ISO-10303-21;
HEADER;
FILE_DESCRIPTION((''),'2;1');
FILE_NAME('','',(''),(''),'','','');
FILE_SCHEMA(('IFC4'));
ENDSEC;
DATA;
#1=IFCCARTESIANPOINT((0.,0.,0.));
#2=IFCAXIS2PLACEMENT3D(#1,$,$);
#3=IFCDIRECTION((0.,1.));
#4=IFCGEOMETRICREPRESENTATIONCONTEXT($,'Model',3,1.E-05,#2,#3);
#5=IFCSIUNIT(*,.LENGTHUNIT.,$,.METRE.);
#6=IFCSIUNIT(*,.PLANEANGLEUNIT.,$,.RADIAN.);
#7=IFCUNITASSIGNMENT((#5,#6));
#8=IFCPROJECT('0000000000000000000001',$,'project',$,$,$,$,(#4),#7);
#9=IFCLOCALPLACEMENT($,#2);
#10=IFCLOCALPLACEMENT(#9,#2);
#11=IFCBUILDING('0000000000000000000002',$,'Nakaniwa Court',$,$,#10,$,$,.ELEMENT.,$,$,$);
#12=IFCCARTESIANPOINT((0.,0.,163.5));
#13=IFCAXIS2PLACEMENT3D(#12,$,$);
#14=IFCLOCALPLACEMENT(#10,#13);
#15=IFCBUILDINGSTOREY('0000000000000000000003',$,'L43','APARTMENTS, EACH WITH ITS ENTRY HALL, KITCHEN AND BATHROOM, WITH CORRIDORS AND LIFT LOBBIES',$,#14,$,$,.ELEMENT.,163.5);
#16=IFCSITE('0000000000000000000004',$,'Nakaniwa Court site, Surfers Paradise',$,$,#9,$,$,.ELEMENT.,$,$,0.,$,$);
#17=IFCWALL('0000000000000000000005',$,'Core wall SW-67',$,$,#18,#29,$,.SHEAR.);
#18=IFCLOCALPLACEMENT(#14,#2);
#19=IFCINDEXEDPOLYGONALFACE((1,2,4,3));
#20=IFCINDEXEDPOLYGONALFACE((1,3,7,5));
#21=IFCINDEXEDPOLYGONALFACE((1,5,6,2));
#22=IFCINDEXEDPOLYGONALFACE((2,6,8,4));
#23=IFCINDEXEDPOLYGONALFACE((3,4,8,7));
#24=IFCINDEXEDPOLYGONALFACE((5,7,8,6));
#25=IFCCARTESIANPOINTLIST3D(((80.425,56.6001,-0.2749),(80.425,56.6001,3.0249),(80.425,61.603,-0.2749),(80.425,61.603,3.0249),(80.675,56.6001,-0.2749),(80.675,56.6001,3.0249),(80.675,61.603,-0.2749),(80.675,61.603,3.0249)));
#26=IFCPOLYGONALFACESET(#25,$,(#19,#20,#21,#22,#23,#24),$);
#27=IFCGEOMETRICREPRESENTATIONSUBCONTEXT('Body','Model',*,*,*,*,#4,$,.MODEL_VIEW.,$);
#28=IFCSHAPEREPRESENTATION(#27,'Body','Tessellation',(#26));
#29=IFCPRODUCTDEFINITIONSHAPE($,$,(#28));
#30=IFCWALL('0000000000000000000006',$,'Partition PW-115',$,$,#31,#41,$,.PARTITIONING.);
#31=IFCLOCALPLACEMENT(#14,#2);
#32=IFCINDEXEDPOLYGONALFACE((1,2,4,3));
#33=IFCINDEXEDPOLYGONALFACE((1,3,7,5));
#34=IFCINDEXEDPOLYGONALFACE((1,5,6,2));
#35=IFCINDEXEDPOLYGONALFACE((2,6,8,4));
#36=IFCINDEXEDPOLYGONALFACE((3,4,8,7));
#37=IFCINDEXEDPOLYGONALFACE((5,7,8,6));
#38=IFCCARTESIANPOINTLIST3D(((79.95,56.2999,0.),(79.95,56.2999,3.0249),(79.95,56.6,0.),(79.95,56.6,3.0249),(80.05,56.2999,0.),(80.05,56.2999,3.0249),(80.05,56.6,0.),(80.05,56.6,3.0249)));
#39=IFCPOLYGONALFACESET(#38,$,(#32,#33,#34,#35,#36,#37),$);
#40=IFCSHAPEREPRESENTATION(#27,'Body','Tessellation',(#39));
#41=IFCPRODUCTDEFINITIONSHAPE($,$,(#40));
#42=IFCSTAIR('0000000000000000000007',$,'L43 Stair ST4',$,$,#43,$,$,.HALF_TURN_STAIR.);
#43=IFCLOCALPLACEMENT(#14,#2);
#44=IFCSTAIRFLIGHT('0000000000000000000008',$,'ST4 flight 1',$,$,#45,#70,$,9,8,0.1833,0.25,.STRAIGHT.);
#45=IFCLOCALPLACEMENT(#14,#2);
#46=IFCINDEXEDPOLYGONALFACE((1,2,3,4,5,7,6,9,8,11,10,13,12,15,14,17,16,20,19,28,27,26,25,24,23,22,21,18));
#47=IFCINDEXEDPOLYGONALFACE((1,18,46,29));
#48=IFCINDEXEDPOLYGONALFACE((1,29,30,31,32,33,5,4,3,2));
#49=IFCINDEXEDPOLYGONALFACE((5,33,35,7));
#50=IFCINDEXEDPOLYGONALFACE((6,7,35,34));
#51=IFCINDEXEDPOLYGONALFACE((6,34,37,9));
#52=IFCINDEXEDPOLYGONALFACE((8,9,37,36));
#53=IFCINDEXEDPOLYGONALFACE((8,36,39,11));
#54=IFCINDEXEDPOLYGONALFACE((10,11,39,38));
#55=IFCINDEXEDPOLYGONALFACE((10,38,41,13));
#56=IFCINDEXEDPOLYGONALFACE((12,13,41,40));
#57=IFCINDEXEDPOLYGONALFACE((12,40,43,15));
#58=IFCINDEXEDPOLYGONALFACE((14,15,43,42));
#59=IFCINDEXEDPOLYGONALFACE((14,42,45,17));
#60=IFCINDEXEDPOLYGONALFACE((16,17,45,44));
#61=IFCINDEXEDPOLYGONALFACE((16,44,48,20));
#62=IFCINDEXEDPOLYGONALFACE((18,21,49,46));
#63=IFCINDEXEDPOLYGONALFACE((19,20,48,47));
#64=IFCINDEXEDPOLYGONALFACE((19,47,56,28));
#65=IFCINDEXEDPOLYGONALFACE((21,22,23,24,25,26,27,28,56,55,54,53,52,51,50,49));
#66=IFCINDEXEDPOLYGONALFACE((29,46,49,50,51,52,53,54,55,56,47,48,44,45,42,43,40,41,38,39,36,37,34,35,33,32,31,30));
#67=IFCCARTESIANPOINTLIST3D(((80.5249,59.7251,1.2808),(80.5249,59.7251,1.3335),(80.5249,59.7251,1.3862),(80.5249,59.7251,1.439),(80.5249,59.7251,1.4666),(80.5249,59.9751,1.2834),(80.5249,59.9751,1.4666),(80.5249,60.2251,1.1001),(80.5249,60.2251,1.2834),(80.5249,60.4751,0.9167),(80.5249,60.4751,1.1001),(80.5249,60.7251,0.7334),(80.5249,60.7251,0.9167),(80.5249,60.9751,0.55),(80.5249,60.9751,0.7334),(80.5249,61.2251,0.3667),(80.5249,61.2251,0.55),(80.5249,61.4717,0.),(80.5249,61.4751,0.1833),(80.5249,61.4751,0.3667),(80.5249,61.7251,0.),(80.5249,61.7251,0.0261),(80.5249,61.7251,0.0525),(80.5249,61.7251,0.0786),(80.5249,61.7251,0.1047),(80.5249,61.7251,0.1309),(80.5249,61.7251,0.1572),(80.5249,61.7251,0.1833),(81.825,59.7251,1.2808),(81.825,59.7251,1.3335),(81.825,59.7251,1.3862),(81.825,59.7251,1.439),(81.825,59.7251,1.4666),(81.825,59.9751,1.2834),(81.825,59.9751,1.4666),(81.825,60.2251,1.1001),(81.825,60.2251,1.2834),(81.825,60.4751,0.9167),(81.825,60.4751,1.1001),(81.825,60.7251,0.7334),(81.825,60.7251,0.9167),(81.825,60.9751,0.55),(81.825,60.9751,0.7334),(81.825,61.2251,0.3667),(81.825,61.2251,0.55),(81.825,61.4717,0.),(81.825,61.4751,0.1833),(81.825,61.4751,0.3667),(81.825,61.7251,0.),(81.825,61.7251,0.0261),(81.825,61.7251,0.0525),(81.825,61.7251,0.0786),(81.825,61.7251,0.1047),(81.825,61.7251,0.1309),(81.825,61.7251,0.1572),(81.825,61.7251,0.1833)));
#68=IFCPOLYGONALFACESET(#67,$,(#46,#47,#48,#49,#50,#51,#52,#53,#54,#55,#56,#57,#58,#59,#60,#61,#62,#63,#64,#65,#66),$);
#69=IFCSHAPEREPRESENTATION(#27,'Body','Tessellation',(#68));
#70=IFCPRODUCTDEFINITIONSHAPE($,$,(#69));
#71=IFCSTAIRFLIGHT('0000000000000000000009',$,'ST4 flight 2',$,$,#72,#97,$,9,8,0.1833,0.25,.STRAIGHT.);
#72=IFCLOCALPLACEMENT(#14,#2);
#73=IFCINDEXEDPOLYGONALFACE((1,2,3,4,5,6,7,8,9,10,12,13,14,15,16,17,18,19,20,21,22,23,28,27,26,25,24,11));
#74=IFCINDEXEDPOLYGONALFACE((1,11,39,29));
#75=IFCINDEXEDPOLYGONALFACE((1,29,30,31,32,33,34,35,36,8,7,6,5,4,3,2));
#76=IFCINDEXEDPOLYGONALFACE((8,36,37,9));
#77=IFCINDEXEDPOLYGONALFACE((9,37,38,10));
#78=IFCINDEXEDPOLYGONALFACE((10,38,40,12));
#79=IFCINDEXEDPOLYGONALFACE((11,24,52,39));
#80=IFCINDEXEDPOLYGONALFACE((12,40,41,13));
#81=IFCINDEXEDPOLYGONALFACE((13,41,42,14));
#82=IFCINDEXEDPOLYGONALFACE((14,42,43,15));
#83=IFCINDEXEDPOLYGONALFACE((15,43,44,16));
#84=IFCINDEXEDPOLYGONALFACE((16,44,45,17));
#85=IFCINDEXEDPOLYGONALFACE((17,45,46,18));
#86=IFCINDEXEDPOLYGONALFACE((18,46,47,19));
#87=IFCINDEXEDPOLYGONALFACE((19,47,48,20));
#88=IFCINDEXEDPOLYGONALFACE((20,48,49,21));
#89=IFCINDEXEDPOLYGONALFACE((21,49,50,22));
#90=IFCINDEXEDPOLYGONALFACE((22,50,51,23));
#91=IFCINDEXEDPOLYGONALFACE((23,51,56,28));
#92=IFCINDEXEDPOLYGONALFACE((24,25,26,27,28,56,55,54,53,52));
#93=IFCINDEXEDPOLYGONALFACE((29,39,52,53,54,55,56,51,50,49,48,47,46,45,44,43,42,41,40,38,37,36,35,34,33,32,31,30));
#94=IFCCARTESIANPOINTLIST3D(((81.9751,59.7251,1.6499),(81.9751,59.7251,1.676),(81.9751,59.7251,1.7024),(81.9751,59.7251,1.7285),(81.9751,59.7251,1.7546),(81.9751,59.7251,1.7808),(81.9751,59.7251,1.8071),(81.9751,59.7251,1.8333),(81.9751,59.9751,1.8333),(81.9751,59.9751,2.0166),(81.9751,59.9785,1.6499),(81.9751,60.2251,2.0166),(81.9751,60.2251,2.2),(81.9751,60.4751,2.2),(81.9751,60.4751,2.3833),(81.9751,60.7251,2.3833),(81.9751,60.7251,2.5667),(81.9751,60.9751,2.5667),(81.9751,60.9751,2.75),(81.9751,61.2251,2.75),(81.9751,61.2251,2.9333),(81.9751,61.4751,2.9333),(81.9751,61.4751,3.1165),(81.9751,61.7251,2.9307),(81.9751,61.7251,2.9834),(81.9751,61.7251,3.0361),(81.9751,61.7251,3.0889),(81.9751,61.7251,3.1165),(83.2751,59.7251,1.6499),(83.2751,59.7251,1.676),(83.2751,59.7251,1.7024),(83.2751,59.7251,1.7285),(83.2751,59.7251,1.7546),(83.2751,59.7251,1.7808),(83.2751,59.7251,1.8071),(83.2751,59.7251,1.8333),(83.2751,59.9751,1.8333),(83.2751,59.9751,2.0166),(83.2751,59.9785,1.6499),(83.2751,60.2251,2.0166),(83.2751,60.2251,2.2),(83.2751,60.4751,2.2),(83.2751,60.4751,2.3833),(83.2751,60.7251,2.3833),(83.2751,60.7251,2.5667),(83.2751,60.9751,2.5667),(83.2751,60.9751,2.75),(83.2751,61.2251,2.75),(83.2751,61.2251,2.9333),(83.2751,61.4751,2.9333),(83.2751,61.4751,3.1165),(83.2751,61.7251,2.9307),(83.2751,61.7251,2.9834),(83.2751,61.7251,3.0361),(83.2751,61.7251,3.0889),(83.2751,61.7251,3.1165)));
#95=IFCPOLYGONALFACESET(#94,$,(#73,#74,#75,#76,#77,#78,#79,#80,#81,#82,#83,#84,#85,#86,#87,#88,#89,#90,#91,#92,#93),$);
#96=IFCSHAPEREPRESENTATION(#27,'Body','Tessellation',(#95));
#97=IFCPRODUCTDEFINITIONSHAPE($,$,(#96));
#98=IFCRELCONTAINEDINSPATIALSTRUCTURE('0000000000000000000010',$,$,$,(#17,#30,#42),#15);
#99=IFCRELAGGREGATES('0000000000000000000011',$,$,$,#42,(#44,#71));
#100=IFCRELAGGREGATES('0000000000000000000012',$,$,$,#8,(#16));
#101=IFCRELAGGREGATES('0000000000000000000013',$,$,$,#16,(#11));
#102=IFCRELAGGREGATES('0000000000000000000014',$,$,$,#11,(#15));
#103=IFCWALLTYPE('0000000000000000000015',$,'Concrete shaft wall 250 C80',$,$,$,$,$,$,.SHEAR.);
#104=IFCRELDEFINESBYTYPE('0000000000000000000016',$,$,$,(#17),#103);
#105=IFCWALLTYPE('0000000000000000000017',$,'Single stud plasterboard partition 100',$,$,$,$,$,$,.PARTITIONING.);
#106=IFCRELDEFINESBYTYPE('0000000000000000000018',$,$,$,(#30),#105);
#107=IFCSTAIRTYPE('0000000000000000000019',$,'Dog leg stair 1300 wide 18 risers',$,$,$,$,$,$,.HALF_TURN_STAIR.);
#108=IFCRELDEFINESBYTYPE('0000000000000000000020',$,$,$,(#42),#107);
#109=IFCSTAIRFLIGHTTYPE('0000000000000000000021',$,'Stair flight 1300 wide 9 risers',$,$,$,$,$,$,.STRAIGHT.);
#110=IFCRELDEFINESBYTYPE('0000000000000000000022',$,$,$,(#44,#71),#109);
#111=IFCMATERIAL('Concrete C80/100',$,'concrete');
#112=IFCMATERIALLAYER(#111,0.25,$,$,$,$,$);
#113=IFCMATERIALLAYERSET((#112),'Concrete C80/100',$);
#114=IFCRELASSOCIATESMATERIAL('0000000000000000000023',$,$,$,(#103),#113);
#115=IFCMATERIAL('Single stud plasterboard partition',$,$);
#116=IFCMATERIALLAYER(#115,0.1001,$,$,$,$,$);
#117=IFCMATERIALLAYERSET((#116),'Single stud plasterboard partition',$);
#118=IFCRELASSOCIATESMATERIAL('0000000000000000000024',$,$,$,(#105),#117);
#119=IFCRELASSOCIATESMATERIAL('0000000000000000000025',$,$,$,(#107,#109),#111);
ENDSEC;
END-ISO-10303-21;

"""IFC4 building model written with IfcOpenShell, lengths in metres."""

from ifc_helpers import new_model, si_unit, direction, frame, frame_2d, origin, place, context, subcontext, project, spatial, polyline, rectangle, outline, extrude, material, layer, layer_set, type_object, element, aggregate, save


model = new_model("IFC4")

# Units and contexts
model_context = context("Model", 3, precision=1e-05, world=origin(), true_north=direction((0.0, 1.0)))
body_context = subcontext(model_context, "Body", "Model", "MODEL_VIEW")
ifc_project = project(units=[si_unit("LENGTHUNIT", "METRE"), si_unit("PLANEANGLEUNIT", "RADIAN")], contexts=[model_context])

# Site, building, storey
site_placement = place(None, origin())
site = spatial("IfcSite", under=ifc_project, at=site_placement, Name="Nakaniwa Court site, Surfers Paradise", CompositionType="ELEMENT", RefElevation=0.0)
building_placement = place(site_placement, origin())
building = spatial("IfcBuilding", under=site, at=building_placement, Name="Nakaniwa Court", CompositionType="ELEMENT")
storey_placement = place(building_placement, frame((0.0, 0.0, 163.5)))
storey = spatial("IfcBuildingStorey", under=building, at=storey_placement, Name="L43", Description="APARTMENTS, EACH WITH ITS ENTRY HALL, KITCHEN AND BATHROOM, WITH CORRIDORS AND LIFT LOBBIES", CompositionType="ELEMENT", Elevation=163.5)

# Shared definitions
ifc_material_1 = material(Name="Concrete C80/100", Category="concrete")

# Shared definitions
ifc_layer_1 = layer(ifc_material_1, 0.25)
ifc_layer_set_1 = layer_set([ifc_layer_1], Name="Concrete C80/100")
wall_type_1 = type_object("IfcWallType", Name="Concrete shaft wall 250 C80", PredefinedType="SHEAR", material=ifc_layer_set_1)

# Walls
wall_1_placement = place(storey_placement, frame((80.55, 56.6001, -0.2749), z_axis=(0.0, 0.0, 1.0), x_axis=(0.0, 1.0, 0.0)))
element("IfcWall", 1, at=wall_1_placement, inside=storey, type_object=wall_type_1, Name="Core wall SW-67", PredefinedType="SHEAR", context=body_context, shape_type="SweptSolid", body=[
    extrude(rectangle(XDim=5.0029, YDim=0.25, at=frame_2d((2.5015, 0.0))), origin(), (0.0, 0.0, 1.0), 3.2998),
])
ifc_material_2 = material(Name="Single stud plasterboard partition")
ifc_layer_2 = layer(ifc_material_2, 0.1001)
ifc_layer_set_2 = layer_set([ifc_layer_2], Name="Single stud plasterboard partition")
wall_type_2 = type_object("IfcWallType", Name="Single stud plasterboard partition 100", PredefinedType="PARTITIONING", material=ifc_layer_set_2)
wall_2_placement = place(storey_placement, frame((80.0, 56.3, 0.0), z_axis=(0.0, 0.0, 1.0), x_axis=(0.0, 1.0, 0.0)))
element("IfcWall", 2, at=wall_2_placement, inside=storey, type_object=wall_type_2, Name="Partition PW-115", PredefinedType="PARTITIONING", context=body_context, shape_type="SweptSolid", body=[
    extrude(rectangle(XDim=0.3, YDim=0.1001, at=frame_2d((0.1499, 0.0))), origin(), (0.0, 0.0, 1.0), 3.0249),
])

# Stair, stair flights
stair_type = type_object("IfcStairType", Name="Dog leg stair 1300 wide 18 risers", PredefinedType="HALF_TURN_STAIR", material=ifc_material_1)
stair_placement = place(storey_placement, origin())
stair = element("IfcStair", 3, at=stair_placement, inside=storey, type_object=stair_type, Name="L43 Stair ST4", PredefinedType="HALF_TURN_STAIR")
stair_flight_type = type_object("IfcStairFlightType", Name="Stair flight 1300 wide 9 risers", PredefinedType="STRAIGHT", material=ifc_material_1)
stair_flight_1_placement = place(storey_placement, frame((81.175, 61.7251, 0.0), z_axis=(0.0, 0.0, 1.0), x_axis=(0.0, -1.0, 0.0)))
stair_flight_1 = element("IfcStairFlight", 4, at=stair_flight_1_placement, type_object=stair_flight_type, Name="ST4 flight 1", NumberOfRisers=9, NumberOfTreads=8, PredefinedType="STRAIGHT", RiserHeight=0.1833, TreadLength=0.25, context=body_context, shape_type="SweptSolid", body=[
    extrude(outline(polyline([(0.0, 0.0), (0.0, 0.0261), (0.0, 0.0525), (0.0, 0.0786), (0.0, 0.1047), (0.0, 0.1309), (0.0, 0.1572), (0.0, 0.1833), (0.25, 0.1833), (0.25, 0.3667), (0.5, 0.3667), (0.5, 0.55), (0.75, 0.55), (0.75, 0.7334), (1.0, 0.7334), (1.0, 0.9167), (1.25, 0.9167), (1.25, 1.1001), (1.5, 1.1001), (1.5, 1.2834), (1.75, 1.2834), (1.75, 1.4666), (2.0, 1.4666), (2.0, 1.6499), (2.0, 1.5972), (2.0, 1.5444), (2.0, 1.4917), (2.0, 1.439), (2.0, 1.3862), (2.0, 1.3335), (2.0, 1.2808), (0.2534, 0.0), (0.0, 0.0)])), frame((0.0, 0.6499, 0.0), z_axis=(0.0, -1.0, 0.0), x_axis=(1.0, 0.0, 0.0)), (0.0, 0.0, 1.0), 1.3),
])
stair_flight_2_placement = place(storey_placement, frame((82.625, 59.7251, 1.6499), z_axis=(0.0, 0.0, 1.0), x_axis=(0.0, 1.0, 0.0)))
stair_flight_2 = element("IfcStairFlight", 5, at=stair_flight_2_placement, type_object=stair_flight_type, Name="ST4 flight 2", NumberOfRisers=9, NumberOfTreads=8, PredefinedType="STRAIGHT", RiserHeight=0.1833, TreadLength=0.25, context=body_context, shape_type="SweptSolid", body=[
    extrude(outline(polyline([(0.0, 0.0), (0.0, 0.0261), (0.0, 0.0525), (0.0, 0.0786), (0.0, 0.1047), (0.0, 0.1309), (0.0, 0.1572), (0.0, 0.1833), (0.25, 0.1833), (0.25, 0.3667), (0.5, 0.3667), (0.5, 0.55), (0.75, 0.55), (0.75, 0.7334), (1.0, 0.7334), (1.0, 0.9167), (1.25, 0.9167), (1.25, 1.1001), (1.5, 1.1001), (1.5, 1.2834), (1.75, 1.2834), (1.75, 1.4666), (2.0, 1.4666), (2.0, 1.6499), (2.0, 1.5972), (2.0, 1.5444), (2.0, 1.4917), (2.0, 1.439), (2.0, 1.3862), (2.0, 1.3335), (2.0, 1.2808), (0.2534, 0.0), (0.0, 0.0)])), frame((0.0, 0.6499, 0.0), z_axis=(0.0, -1.0, 0.0), x_axis=(1.0, 0.0, 0.0)), (0.0, 0.0, 1.0), 1.3),
])
aggregate(stair, [stair_flight_1, stair_flight_2])

save(model, "model.ifc")
